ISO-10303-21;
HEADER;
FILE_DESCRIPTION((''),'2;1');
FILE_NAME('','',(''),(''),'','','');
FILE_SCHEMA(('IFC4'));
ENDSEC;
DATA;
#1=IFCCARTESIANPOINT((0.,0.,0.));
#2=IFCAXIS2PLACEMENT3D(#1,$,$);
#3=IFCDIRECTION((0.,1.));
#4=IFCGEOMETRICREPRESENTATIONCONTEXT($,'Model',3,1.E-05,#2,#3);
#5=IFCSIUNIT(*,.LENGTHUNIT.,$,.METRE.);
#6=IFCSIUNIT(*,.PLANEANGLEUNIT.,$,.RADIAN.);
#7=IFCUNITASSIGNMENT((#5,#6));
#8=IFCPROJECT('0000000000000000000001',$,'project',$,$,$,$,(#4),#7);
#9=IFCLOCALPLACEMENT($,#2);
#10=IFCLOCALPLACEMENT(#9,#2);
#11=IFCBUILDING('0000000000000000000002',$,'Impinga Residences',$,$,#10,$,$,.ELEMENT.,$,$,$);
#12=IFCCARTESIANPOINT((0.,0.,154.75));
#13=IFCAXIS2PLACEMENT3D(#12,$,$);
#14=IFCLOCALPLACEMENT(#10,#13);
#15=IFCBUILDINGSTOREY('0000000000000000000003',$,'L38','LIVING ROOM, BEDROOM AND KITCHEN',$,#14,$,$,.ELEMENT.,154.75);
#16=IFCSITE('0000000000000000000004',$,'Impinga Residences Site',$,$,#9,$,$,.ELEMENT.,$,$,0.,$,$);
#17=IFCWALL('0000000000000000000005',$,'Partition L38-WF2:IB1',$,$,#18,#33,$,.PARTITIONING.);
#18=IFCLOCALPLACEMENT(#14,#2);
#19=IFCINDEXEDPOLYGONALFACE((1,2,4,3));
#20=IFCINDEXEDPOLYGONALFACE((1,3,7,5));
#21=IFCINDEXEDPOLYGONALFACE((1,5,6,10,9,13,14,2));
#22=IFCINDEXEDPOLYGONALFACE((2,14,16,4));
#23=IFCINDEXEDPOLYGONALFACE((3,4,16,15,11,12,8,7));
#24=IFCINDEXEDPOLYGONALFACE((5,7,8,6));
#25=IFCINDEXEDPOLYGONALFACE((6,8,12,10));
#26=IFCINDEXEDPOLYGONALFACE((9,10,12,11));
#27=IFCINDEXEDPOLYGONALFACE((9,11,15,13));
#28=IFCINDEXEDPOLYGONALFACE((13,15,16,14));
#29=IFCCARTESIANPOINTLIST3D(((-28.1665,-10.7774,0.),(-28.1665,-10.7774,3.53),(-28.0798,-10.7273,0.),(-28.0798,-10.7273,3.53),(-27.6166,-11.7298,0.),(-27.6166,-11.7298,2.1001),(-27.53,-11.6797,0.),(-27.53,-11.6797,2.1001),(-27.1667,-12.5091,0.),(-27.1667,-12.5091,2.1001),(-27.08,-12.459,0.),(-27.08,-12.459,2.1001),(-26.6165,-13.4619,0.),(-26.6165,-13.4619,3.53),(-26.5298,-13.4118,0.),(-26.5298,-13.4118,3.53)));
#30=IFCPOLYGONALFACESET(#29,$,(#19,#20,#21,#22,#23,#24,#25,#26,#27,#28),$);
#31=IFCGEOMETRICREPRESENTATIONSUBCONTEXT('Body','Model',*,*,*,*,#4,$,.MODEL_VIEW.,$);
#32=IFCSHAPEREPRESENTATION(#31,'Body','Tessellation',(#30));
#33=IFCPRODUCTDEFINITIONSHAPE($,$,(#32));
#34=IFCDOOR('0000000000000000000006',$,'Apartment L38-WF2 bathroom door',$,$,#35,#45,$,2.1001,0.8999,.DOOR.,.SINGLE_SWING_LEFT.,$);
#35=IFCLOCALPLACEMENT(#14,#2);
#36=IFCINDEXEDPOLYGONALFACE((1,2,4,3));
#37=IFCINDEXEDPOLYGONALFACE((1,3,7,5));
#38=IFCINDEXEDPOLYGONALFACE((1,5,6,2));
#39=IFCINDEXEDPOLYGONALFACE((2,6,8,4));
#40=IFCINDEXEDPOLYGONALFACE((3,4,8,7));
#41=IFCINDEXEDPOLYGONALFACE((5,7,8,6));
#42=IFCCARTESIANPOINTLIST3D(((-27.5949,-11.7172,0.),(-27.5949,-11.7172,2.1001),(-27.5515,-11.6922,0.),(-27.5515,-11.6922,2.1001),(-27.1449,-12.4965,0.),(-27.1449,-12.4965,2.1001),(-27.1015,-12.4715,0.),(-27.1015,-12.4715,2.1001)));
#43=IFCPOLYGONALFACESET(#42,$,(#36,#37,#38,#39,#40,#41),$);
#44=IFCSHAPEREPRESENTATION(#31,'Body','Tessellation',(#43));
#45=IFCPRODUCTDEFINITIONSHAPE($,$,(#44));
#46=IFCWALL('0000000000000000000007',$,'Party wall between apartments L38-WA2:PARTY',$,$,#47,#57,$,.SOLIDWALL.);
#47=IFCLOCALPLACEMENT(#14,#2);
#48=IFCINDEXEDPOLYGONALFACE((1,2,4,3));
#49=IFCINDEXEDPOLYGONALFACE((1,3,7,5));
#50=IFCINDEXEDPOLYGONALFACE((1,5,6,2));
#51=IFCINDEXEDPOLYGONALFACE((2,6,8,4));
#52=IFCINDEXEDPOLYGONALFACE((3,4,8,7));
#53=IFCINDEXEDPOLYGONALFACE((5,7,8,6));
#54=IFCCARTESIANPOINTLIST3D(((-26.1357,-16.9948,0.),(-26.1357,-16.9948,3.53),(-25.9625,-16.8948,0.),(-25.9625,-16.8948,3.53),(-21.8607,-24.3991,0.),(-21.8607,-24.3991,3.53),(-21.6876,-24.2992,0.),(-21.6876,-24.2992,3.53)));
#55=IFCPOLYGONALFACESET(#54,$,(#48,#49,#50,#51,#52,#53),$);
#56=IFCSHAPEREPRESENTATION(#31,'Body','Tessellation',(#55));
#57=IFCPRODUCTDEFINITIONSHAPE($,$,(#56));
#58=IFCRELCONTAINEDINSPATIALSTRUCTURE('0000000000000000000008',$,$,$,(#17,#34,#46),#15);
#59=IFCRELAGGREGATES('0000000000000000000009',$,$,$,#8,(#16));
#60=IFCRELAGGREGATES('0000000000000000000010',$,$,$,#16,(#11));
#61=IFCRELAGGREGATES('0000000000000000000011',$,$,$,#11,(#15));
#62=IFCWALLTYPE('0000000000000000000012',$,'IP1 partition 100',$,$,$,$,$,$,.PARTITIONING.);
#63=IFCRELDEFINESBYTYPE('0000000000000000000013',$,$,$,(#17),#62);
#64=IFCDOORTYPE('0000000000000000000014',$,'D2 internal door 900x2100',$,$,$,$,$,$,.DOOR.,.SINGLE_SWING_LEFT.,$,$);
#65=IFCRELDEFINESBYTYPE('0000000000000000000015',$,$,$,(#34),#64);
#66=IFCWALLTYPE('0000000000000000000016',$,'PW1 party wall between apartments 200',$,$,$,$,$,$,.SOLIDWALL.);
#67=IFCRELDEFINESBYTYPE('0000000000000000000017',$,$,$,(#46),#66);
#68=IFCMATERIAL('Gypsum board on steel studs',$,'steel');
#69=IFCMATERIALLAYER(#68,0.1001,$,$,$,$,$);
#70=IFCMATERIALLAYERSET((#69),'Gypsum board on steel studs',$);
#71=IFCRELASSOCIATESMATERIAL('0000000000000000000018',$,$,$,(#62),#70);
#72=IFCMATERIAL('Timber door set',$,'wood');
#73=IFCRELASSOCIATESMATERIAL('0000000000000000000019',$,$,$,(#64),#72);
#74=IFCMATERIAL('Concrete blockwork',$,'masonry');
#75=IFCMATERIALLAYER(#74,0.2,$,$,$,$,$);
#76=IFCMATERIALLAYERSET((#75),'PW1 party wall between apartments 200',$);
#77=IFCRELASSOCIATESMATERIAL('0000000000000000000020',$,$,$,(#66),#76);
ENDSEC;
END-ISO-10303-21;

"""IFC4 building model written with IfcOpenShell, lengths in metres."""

from ifc_helpers import new_model, si_unit, direction, frame, frame_2d, origin, place, context, subcontext, project, spatial, rectangle, extrude, material, layer, layer_set, type_object, element, fill, save


model = new_model("IFC4")

# Units and contexts
model_context = context("Model", 3, precision=1e-05, world=origin(), true_north=direction((0.0, 1.0)))
body_context = subcontext(model_context, "Body", "Model", "MODEL_VIEW")
ifc_project = project(units=[si_unit("LENGTHUNIT", "METRE"), si_unit("PLANEANGLEUNIT", "RADIAN")], contexts=[model_context])

# Site, building, storey
site_placement = place(None, origin())
site = spatial("IfcSite", under=ifc_project, at=site_placement, Name="Impinga Residences Site", CompositionType="ELEMENT", RefElevation=0.0)
building_placement = place(site_placement, origin())
building = spatial("IfcBuilding", under=site, at=building_placement, Name="Impinga Residences", CompositionType="ELEMENT")
storey_placement = place(building_placement, frame((0.0, 0.0, 154.75)))
storey = spatial("IfcBuildingStorey", under=building, at=storey_placement, Name="L38", Description="LIVING ROOM, BEDROOM AND KITCHEN", CompositionType="ELEMENT", Elevation=154.75)

# Shared definitions
ifc_material_1 = material(Name="Concrete blockwork", Category="masonry")
ifc_material_2 = material(Name="Timber door set", Category="wood")

# Shared definitions
ifc_material_3 = material(Name="Gypsum board on steel studs", Category="steel")
ifc_layer_1 = layer(ifc_material_3, 0.1001)
ifc_layer_set_1 = layer_set([ifc_layer_1], Name="Gypsum board on steel studs")
wall_type_1 = type_object("IfcWallType", Name="IP1 partition 100", PredefinedType="PARTITIONING", material=ifc_layer_set_1)

# Shared definitions
door_type_1 = type_object("IfcDoorType", Name="D2 internal door 900x2100", OperationType="SINGLE_SWING_LEFT", PredefinedType="DOOR", material=ifc_material_2)

# Wall, opening, door
wall_1_placement = place(storey_placement, frame((-26.5732, -13.4368, 0.0), z_axis=(0.0, 0.0, 1.0), x_axis=(-0.500027, 0.86601, 0.0)))
wall_1 = element("IfcWall", 1, at=wall_1_placement, inside=storey, type_object=wall_type_1, Name="Partition L38-WF2:IB1", PredefinedType="PARTITIONING", context=body_context, shape_type="SweptSolid", body=[
    extrude(rectangle(XDim=3.0999, YDim=0.1001, at=frame_2d((1.5498, 0.0))), origin(), (0.0, 0.0, 1.0), 3.53),
])
opening_1_placement = place(wall_1_placement, frame((1.1001, 0.0, 0.0)))
opening_1 = element("IfcOpeningElement", 2, at=opening_1_placement, cuts=wall_1, PredefinedType="OPENING", context=body_context, shape_type="SweptSolid", body=[
    extrude(rectangle(XDim=0.8999, YDim=2.1001, at=frame_2d((0.45, 1.05))), frame((0.0, 0.0601, 0.0), z_axis=(0.0, -1.0, 0.0), x_axis=(1.0, 0.0, 0.0)), (0.0, 0.0, 1.0), 0.1201),
])
door_1_placement = place(opening_1_placement, origin())
door_1 = element("IfcDoor", 3, at=door_1_placement, inside=storey, type_object=door_type_1, Name="Apartment L38-WF2 bathroom door", OperationType="SINGLE_SWING_LEFT", OverallHeight=2.1001, OverallWidth=0.8999, PredefinedType="DOOR", context=body_context, shape_type="SweptSolid", body=[
    extrude(rectangle(XDim=0.8999, YDim=2.1001, at=frame_2d((0.45, 1.05))), frame((0.0, 0.0249, 0.0), z_axis=(0.0, -1.0, 0.0), x_axis=(1.0, 0.0, 0.0)), (0.0, 0.0, 1.0), 0.05),
])
fill(opening_1, door_1)

# Wall
ifc_layer_2 = layer(ifc_material_1, 0.2)
ifc_layer_set_2 = layer_set([ifc_layer_2], Name="PW1 party wall between apartments 200")
wall_type_2 = type_object("IfcWallType", Name="PW1 party wall between apartments 200", PredefinedType="SOLIDWALL", material=ifc_layer_set_2)
wall_2_placement = place(storey_placement, frame((-26.0491, -16.9448, 0.0), z_axis=(0.0, 0.0, 1.0), x_axis=(0.500003, -0.866024, 0.0)))
element("IfcWall", 4, at=wall_2_placement, inside=storey, type_object=wall_type_2, Name="Party wall between apartments L38-WA2:PARTY", PredefinedType="SOLIDWALL", context=body_context, shape_type="SweptSolid", body=[
    extrude(rectangle(XDim=8.5498, YDim=0.2, at=frame_2d((4.2749, 0.0))), origin(), (0.0, 0.0, 1.0), 3.53),
])

save(model, "model.ifc")
